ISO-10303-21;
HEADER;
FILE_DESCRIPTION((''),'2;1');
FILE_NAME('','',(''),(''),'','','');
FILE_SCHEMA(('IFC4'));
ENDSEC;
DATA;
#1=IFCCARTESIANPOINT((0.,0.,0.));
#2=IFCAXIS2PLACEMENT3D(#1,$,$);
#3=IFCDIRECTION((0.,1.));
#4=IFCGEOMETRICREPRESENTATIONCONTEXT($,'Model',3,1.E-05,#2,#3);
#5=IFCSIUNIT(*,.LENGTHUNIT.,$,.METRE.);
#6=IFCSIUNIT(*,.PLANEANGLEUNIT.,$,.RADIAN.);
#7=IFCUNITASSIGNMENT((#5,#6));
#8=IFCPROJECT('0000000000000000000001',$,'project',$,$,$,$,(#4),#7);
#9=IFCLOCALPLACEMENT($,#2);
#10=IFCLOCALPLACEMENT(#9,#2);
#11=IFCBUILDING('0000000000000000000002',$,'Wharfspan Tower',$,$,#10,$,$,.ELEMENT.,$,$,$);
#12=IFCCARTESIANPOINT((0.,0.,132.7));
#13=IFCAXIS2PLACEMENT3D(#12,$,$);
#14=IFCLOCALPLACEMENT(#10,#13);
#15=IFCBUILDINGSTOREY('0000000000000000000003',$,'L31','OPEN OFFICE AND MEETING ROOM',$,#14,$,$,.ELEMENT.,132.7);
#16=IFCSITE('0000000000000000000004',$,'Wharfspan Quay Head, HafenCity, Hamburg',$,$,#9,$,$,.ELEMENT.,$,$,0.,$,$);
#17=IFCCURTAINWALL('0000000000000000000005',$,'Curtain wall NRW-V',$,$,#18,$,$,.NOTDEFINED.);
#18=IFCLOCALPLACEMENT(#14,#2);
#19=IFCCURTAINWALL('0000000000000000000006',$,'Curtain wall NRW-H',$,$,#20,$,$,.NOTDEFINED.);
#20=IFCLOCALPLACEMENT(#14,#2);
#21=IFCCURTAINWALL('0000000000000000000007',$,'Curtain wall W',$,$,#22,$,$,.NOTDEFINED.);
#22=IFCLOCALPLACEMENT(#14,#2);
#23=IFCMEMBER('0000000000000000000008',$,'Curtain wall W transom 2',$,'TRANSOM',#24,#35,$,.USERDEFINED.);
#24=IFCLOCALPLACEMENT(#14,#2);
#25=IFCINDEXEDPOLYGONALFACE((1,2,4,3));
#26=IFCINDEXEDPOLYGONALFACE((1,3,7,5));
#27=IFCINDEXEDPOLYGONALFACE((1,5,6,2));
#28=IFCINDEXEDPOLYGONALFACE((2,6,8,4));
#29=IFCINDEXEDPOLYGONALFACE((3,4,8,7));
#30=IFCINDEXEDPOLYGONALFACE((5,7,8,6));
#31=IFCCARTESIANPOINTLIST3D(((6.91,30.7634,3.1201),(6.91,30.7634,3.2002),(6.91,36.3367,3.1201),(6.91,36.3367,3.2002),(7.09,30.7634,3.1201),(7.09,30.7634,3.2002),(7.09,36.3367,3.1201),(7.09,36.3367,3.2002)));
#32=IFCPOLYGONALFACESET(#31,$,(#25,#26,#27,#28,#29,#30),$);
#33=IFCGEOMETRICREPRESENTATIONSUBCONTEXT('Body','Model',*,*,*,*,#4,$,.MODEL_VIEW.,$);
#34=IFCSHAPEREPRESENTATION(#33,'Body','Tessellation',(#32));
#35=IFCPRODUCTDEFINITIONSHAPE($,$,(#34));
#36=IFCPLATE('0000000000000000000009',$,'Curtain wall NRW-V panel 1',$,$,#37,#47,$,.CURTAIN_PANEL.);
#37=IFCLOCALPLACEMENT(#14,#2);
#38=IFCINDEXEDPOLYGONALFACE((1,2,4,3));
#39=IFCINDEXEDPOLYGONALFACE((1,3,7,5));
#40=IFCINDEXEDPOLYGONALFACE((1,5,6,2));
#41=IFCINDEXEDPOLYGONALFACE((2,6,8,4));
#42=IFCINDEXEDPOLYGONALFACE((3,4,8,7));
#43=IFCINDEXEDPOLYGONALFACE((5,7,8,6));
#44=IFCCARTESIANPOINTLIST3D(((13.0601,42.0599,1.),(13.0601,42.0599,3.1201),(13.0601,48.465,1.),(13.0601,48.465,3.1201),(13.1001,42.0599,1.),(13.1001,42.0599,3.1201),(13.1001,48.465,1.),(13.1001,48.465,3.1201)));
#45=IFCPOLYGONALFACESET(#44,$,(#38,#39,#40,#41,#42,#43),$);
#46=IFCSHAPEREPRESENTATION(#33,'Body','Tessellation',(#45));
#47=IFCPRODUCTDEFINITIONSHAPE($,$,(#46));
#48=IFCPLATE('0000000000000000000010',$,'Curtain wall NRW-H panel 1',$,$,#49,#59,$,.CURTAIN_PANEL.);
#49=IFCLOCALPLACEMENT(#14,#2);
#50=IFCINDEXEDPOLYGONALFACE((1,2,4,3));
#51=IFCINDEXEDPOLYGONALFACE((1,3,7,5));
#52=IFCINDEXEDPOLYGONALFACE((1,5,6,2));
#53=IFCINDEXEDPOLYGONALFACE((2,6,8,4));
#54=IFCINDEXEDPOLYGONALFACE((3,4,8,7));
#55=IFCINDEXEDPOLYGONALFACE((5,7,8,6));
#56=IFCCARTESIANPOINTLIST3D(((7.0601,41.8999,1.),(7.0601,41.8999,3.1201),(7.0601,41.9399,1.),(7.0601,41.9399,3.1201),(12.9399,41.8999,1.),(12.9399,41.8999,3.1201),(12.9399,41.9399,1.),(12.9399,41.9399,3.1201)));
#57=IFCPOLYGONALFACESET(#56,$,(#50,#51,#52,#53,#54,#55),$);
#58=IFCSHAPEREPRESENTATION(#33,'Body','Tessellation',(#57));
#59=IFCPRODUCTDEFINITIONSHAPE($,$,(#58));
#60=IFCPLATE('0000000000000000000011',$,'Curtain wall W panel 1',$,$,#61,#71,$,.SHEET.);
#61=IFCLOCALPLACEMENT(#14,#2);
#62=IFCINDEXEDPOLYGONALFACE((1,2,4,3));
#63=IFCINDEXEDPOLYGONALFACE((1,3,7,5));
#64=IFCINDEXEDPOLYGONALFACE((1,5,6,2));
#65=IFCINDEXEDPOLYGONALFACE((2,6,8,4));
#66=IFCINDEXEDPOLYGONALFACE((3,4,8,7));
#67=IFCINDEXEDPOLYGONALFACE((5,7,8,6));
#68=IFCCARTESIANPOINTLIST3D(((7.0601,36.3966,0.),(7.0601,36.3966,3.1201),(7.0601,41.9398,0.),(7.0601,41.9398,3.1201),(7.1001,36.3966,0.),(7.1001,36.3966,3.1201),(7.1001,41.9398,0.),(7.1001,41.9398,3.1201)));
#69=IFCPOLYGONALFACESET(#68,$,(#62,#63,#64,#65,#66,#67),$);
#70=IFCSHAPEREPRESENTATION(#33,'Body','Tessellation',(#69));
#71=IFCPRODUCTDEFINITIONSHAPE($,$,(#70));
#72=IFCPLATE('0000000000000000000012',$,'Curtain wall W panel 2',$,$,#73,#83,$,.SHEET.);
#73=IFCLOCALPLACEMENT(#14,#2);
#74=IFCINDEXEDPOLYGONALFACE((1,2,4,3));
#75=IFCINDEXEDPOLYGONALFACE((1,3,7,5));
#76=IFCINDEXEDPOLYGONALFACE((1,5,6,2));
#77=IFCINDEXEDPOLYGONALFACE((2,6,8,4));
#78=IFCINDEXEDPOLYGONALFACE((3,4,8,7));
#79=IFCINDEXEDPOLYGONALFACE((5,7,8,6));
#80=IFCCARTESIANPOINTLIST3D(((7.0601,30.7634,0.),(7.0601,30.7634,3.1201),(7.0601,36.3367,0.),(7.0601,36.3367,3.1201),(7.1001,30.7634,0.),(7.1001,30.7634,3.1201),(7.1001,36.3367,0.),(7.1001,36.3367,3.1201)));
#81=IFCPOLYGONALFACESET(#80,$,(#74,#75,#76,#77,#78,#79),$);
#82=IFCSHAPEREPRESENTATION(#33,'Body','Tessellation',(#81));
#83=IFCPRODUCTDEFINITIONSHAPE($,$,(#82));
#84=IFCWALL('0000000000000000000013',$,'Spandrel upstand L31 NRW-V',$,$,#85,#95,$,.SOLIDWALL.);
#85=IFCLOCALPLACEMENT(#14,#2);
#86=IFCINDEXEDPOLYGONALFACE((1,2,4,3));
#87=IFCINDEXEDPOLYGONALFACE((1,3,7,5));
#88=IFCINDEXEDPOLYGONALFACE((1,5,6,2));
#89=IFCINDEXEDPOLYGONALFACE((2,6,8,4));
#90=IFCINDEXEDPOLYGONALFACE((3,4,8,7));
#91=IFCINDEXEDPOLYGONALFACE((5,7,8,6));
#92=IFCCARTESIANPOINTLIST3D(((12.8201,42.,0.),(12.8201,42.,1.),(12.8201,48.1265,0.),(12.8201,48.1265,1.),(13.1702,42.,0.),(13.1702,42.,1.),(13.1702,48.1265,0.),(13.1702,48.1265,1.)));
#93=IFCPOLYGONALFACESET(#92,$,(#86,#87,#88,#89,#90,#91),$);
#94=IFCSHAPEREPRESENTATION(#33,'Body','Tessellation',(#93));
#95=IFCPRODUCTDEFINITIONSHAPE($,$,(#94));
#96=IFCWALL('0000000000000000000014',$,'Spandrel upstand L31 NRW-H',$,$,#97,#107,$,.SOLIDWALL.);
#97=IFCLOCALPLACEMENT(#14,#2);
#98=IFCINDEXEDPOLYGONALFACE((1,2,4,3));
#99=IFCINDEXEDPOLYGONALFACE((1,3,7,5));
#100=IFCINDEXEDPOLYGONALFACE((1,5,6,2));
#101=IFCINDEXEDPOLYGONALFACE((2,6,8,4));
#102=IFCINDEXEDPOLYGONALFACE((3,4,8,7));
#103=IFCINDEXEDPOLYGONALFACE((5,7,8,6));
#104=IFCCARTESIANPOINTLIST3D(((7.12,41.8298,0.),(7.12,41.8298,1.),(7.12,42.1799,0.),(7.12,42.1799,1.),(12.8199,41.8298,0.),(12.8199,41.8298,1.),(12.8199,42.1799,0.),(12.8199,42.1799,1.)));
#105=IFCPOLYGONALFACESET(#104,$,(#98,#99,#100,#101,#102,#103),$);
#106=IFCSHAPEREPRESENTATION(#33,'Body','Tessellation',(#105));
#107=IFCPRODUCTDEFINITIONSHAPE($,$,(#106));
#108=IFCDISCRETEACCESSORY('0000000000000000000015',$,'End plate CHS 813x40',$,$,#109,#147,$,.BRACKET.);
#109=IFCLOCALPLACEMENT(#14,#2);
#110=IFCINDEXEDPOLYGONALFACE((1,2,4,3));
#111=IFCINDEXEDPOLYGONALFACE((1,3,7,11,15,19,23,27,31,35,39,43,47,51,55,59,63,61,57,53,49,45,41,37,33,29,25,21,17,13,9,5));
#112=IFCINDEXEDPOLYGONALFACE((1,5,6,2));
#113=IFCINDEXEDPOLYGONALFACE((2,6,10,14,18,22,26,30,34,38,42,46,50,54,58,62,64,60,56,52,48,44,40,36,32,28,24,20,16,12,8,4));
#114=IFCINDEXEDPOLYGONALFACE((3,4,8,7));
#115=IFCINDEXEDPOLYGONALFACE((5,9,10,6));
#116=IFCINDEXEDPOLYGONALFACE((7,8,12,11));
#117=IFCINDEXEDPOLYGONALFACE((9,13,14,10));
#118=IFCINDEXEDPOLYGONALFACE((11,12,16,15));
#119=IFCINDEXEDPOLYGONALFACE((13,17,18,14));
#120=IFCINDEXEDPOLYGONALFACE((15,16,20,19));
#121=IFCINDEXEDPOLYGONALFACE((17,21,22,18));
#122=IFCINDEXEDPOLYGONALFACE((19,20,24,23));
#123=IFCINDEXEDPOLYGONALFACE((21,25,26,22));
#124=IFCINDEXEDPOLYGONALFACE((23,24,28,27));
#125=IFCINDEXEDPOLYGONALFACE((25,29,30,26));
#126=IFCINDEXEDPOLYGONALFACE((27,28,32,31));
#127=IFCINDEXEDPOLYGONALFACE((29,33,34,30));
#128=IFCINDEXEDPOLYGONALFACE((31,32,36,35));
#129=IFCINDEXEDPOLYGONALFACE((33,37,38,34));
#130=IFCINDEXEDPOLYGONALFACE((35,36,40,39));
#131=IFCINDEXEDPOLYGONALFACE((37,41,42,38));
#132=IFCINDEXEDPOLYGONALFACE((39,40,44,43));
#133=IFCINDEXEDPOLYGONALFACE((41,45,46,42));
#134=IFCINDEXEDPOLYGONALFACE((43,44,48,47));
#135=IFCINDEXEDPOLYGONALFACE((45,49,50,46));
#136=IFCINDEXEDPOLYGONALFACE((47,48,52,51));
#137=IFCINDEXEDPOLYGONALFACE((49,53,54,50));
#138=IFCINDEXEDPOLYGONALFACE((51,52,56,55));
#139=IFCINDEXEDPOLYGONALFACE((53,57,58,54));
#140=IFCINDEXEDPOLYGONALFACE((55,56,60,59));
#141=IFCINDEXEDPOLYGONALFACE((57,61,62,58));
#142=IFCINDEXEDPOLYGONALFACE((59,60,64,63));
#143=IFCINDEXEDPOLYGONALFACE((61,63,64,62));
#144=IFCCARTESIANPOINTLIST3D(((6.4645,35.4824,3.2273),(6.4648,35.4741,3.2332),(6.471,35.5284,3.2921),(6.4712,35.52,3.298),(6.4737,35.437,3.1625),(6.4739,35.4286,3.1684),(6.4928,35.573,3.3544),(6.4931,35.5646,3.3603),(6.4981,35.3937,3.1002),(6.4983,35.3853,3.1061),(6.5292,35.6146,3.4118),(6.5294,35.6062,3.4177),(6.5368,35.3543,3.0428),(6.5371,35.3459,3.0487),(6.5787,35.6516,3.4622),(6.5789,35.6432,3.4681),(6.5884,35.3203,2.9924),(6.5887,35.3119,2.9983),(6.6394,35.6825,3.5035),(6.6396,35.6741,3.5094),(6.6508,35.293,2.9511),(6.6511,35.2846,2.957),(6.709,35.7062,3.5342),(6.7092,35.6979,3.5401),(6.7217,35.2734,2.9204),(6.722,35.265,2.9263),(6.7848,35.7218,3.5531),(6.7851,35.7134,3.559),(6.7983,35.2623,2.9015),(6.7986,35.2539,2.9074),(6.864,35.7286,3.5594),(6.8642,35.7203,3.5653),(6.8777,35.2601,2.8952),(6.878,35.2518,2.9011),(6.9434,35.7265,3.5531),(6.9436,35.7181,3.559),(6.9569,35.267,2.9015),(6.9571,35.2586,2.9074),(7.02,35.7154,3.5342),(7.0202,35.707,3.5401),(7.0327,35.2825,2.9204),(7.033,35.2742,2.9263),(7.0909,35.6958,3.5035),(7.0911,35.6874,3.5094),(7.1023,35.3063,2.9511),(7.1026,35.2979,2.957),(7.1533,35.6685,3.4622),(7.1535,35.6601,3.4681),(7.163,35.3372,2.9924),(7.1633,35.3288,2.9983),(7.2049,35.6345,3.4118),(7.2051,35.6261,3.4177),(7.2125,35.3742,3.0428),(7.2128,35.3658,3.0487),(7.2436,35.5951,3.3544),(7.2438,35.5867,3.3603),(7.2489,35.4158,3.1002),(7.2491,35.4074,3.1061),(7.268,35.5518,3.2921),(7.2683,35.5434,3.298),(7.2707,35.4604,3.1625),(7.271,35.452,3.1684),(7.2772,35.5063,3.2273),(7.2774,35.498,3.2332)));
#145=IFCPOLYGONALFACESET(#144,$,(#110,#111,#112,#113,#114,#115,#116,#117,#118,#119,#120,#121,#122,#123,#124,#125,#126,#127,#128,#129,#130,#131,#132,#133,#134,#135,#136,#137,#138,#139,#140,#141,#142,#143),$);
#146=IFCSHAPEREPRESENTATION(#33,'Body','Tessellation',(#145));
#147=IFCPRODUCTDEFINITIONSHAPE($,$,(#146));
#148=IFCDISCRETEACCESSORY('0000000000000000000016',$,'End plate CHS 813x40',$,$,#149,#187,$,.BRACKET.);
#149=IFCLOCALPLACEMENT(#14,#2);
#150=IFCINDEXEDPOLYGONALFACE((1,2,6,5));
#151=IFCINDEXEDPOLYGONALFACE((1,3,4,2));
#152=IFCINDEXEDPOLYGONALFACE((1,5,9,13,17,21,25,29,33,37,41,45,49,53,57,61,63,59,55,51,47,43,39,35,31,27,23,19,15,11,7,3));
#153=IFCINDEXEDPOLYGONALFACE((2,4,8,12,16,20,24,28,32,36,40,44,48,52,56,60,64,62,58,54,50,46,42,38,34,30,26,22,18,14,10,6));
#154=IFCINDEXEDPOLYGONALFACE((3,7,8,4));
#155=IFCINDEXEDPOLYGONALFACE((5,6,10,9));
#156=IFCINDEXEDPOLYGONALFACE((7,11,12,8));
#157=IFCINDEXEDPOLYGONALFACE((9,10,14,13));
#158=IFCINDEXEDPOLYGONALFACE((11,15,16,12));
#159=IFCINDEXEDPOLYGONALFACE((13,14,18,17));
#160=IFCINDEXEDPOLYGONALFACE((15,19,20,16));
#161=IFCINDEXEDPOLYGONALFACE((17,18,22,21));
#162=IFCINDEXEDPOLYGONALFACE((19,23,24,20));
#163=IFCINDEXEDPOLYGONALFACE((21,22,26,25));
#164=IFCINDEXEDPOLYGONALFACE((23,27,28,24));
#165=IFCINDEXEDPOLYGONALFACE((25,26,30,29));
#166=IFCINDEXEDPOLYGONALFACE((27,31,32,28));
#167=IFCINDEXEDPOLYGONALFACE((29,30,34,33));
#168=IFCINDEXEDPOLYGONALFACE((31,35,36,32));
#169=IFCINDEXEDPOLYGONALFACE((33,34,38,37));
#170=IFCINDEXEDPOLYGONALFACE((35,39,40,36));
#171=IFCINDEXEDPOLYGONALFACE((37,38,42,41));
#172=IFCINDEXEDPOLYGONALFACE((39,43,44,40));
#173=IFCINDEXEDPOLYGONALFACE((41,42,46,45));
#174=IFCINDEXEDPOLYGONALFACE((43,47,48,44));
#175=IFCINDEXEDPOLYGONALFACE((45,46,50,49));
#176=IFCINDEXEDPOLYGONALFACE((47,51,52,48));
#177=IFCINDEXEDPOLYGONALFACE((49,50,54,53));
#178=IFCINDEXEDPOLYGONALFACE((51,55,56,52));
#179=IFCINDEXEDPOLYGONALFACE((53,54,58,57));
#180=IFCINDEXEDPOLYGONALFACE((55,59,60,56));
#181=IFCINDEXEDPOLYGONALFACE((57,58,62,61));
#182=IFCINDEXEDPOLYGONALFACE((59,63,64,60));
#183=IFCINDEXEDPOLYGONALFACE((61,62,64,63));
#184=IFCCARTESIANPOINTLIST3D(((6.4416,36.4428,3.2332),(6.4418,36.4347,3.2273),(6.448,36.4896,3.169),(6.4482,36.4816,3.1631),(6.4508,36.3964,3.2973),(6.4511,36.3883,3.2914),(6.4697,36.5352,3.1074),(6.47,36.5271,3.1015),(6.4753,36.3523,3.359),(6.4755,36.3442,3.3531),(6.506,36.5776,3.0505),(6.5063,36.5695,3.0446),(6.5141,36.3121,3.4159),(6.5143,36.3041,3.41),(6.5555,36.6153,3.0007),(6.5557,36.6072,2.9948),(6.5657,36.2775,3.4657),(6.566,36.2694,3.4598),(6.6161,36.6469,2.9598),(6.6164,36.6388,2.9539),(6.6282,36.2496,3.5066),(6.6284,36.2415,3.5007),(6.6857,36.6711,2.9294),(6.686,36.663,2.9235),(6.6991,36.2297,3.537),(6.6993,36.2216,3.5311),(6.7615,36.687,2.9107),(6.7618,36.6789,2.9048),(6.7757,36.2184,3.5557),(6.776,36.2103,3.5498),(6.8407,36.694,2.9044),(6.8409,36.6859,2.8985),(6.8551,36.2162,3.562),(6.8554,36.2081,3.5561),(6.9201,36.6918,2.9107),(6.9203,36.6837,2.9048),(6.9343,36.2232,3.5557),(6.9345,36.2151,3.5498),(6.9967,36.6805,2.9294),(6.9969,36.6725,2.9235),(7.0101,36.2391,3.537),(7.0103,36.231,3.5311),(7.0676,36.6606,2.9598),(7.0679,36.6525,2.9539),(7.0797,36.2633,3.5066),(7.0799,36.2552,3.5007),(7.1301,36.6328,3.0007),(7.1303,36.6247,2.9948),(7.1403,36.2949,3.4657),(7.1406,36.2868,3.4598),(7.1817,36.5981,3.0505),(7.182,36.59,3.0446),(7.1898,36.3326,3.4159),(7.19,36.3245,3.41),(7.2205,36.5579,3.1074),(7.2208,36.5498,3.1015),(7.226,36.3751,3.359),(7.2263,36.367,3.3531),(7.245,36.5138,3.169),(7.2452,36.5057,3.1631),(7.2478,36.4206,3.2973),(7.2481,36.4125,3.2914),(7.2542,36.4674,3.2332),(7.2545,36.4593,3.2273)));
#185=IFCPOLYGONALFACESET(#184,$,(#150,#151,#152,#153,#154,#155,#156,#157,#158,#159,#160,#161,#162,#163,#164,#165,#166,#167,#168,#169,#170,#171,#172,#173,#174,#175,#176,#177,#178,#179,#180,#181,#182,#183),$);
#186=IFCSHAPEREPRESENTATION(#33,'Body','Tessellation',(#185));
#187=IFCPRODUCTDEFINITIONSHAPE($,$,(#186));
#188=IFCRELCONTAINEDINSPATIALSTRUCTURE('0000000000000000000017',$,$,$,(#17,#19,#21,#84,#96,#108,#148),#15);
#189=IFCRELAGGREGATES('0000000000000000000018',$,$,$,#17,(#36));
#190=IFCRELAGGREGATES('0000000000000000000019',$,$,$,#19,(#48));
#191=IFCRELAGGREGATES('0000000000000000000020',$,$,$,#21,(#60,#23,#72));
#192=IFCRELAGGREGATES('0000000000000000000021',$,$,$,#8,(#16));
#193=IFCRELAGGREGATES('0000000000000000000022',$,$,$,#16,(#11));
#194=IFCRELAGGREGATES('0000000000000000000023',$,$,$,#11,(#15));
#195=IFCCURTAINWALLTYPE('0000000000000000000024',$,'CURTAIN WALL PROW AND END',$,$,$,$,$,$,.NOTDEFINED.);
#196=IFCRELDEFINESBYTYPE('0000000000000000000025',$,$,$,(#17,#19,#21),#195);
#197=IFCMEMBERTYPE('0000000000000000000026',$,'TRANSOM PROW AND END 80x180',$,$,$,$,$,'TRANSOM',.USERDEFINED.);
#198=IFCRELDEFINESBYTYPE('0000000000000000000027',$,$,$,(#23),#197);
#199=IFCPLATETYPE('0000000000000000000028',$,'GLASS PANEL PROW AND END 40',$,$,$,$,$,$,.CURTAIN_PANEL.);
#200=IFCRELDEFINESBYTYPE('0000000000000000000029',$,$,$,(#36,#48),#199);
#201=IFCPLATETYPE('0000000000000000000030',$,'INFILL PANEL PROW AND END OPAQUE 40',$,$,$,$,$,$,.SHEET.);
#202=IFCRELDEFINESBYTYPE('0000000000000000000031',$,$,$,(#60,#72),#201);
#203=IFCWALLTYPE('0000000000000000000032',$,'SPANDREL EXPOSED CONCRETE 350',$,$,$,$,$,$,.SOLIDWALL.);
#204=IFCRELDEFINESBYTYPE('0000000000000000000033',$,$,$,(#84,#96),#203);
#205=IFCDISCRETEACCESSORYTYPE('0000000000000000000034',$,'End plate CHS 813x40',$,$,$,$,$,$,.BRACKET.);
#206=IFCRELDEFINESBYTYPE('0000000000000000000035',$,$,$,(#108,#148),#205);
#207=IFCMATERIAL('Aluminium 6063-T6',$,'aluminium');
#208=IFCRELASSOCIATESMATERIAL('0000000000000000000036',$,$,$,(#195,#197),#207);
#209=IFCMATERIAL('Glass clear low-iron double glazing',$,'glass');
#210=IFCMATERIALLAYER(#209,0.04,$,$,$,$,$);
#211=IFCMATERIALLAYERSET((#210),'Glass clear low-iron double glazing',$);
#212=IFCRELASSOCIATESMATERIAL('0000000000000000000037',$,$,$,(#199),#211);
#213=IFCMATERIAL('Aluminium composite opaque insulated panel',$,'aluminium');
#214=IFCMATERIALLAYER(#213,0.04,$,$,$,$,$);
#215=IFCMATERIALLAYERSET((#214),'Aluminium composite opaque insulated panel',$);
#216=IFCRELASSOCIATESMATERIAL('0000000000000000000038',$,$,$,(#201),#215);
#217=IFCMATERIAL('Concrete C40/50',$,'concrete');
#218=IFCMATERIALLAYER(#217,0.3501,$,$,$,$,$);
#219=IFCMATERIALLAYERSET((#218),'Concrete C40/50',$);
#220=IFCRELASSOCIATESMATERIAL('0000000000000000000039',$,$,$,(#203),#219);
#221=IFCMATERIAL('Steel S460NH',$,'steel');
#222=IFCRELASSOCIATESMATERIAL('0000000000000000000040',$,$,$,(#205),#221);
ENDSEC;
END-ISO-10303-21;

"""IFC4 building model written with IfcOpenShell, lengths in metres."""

from ifc_helpers import new_model, si_unit, direction, frame, frame_2d, origin, origin_2d, place, context, subcontext, project, spatial, rectangle, circle, extrude, material, layer, layer_set, material_profile, profile_set, type_object, element, aggregate, save


model = new_model("IFC4")

# Units and contexts
model_context = context("Model", 3, precision=1e-05, world=origin(), true_north=direction((0.0, 1.0)))
body_context = subcontext(model_context, "Body", "Model", "MODEL_VIEW")
ifc_project = project(units=[si_unit("LENGTHUNIT", "METRE"), si_unit("PLANEANGLEUNIT", "RADIAN")], contexts=[model_context])

# Site, building, storey
site_placement = place(None, origin())
site = spatial("IfcSite", under=ifc_project, at=site_placement, Name="Wharfspan Quay Head, HafenCity, Hamburg", CompositionType="ELEMENT", RefElevation=0.0)
building_placement = place(site_placement, origin())
building = spatial("IfcBuilding", under=site, at=building_placement, Name="Wharfspan Tower", CompositionType="ELEMENT")
storey_placement = place(building_placement, frame((0.0, 0.0, 132.7)))
storey = spatial("IfcBuildingStorey", under=building, at=storey_placement, Name="L31", Description="OPEN OFFICE AND MEETING ROOM", CompositionType="ELEMENT", Elevation=132.7)

# Curtain walls
ifc_material_1 = material(Name="Aluminium 6063-T6", Category="aluminium")
curtain_wall_type = type_object("IfcCurtainWallType", Name="CURTAIN WALL PROW AND END", PredefinedType="NOTDEFINED", material=ifc_material_1)
curtain_wall_1_placement = place(storey_placement, origin())
curtain_wall_1 = element("IfcCurtainWall", 1, at=curtain_wall_1_placement, inside=storey, type_object=curtain_wall_type, Name="Curtain wall NRW-V", PredefinedType="NOTDEFINED")
curtain_wall_2_placement = place(storey_placement, origin())
curtain_wall_2 = element("IfcCurtainWall", 2, at=curtain_wall_2_placement, inside=storey, type_object=curtain_wall_type, Name="Curtain wall NRW-H", PredefinedType="NOTDEFINED")
curtain_wall_3_placement = place(storey_placement, origin())
curtain_wall_3 = element("IfcCurtainWall", 3, at=curtain_wall_3_placement, inside=storey, type_object=curtain_wall_type, Name="Curtain wall W", PredefinedType="NOTDEFINED")

# Shared definitions
ifc_material_2 = material(Name="Steel S460NH", Category="steel")

# Member
ifc_material_profile_1 = material_profile(ifc_material_1, rectangle(XDim=0.1799, YDim=0.0801, at=origin_2d()))
ifc_profile_set_1 = profile_set([ifc_material_profile_1], Name="Aluminium 6063-T6")
member_type_1 = type_object("IfcMemberType", Name="TRANSOM PROW AND END 80x180", ElementType="TRANSOM", PredefinedType="USERDEFINED", material=ifc_profile_set_1)
member_1_placement = place(storey_placement, frame((7.0, 36.3367, 3.1602), z_axis=(0.0, -1.0, 0.0), x_axis=(1.0, 0.0, 0.0)))
member_1 = element("IfcMember", 4, at=member_1_placement, type_object=member_type_1, Name="Curtain wall W transom 2", ObjectType="TRANSOM", PredefinedType="USERDEFINED", context=body_context, shape_type="SweptSolid", body=[
    extrude(rectangle(XDim=0.1799, YDim=0.0801, at=origin_2d()), origin(), (0.0, 0.0, 1.0), 5.5732),
])

# Plates
ifc_material_3 = material(Name="Glass clear low-iron double glazing", Category="glass")
ifc_layer_1 = layer(ifc_material_3, 0.04)
ifc_layer_set_1 = layer_set([ifc_layer_1], Name="Glass clear low-iron double glazing")
plate_type_1 = type_object("IfcPlateType", Name="GLASS PANEL PROW AND END 40", PredefinedType="CURTAIN_PANEL", material=ifc_layer_set_1)
plate_1_placement = place(storey_placement, frame((13.0801, 45.2625, 1.0), z_axis=(0.0, 0.0, 1.0), x_axis=(0.0, -1.0, 0.0)))
plate_1 = element("IfcPlate", 5, at=plate_1_placement, type_object=plate_type_1, Name="Curtain wall NRW-V panel 1", PredefinedType="CURTAIN_PANEL", context=body_context, shape_type="SweptSolid", body=[
    extrude(rectangle(XDim=6.405, YDim=0.04, at=origin_2d()), origin(), (0.0, 0.0, 1.0), 2.1201),
])
aggregate(curtain_wall_1, [plate_1])
plate_2_placement = place(storey_placement, frame((10.0, 41.9199, 1.0), z_axis=(0.0, 0.0, 1.0), x_axis=(-1.0, 0.0, 0.0)))
plate_2 = element("IfcPlate", 6, at=plate_2_placement, type_object=plate_type_1, Name="Curtain wall NRW-H panel 1", PredefinedType="CURTAIN_PANEL", context=body_context, shape_type="SweptSolid", body=[
    extrude(rectangle(XDim=5.8799, YDim=0.04, at=origin_2d()), origin(), (0.0, 0.0, 1.0), 2.1201),
])
aggregate(curtain_wall_2, [plate_2])
ifc_material_4 = material(Name="Aluminium composite opaque insulated panel", Category="aluminium")
ifc_layer_2 = layer(ifc_material_4, 0.04)
ifc_layer_set_2 = layer_set([ifc_layer_2], Name="Aluminium composite opaque insulated panel")
plate_type_2 = type_object("IfcPlateType", Name="INFILL PANEL PROW AND END OPAQUE 40", PredefinedType="SHEET", material=ifc_layer_set_2)
plate_3_placement = place(storey_placement, frame((7.0801, 39.1682, 0.0), z_axis=(0.0, 0.0, 1.0), x_axis=(0.0, -1.0, 0.0)))
plate_3 = element("IfcPlate", 7, at=plate_3_placement, type_object=plate_type_2, Name="Curtain wall W panel 1", PredefinedType="SHEET", context=body_context, shape_type="SweptSolid", body=[
    extrude(rectangle(XDim=5.5432, YDim=0.04, at=origin_2d()), origin(), (0.0, 0.0, 1.0), 3.1201),
])
plate_4_placement = place(storey_placement, frame((7.0801, 33.55, 0.0), z_axis=(0.0, 0.0, 1.0), x_axis=(0.0, -1.0, 0.0)))
plate_4 = element("IfcPlate", 8, at=plate_4_placement, type_object=plate_type_2, Name="Curtain wall W panel 2", PredefinedType="SHEET", context=body_context, shape_type="SweptSolid", body=[
    extrude(rectangle(XDim=5.5732, YDim=0.04, at=origin_2d()), origin(), (0.0, 0.0, 1.0), 3.1201),
])
aggregate(curtain_wall_3, [plate_3, member_1, plate_4])

# Walls
ifc_material_5 = material(Name="Concrete C40/50", Category="concrete")
ifc_layer_3 = layer(ifc_material_5, 0.3501)
ifc_layer_set_3 = layer_set([ifc_layer_3], Name="Concrete C40/50")
wall_type = type_object("IfcWallType", Name="SPANDREL EXPOSED CONCRETE 350", PredefinedType="SOLIDWALL", material=ifc_layer_set_3)
wall_1_placement = place(storey_placement, frame((12.9951, 48.1265, 0.0), z_axis=(0.0, 0.0, 1.0), x_axis=(0.0, -1.0, 0.0)))
element("IfcWall", 9, at=wall_1_placement, inside=storey, type_object=wall_type, Name="Spandrel upstand L31 NRW-V", PredefinedType="SOLIDWALL", context=body_context, shape_type="SweptSolid", body=[
    extrude(rectangle(XDim=6.1265, YDim=0.3501, at=frame_2d((3.0632, 0.0))), origin(), (0.0, 0.0, 1.0), 1.0),
])
wall_2_placement = place(storey_placement, frame((12.8201, 42.0049, 0.0), z_axis=(0.0, 0.0, 1.0), x_axis=(-1.0, 0.0, 0.0)))
element("IfcWall", 10, at=wall_2_placement, inside=storey, type_object=wall_type, Name="Spandrel upstand L31 NRW-H", PredefinedType="SOLIDWALL", context=body_context, shape_type="SweptSolid", body=[
    extrude(rectangle(XDim=5.7, YDim=0.3501, at=frame_2d((2.8501, 0.0))), origin(), (0.0, 0.0, 1.0), 1.0),
])

# Discrete accessories
ifc_material_profile_2 = material_profile(ifc_material_2, circle(Radius=0.4065, at=origin_2d()))
ifc_profile_set_2 = profile_set([ifc_material_profile_2], Name="Steel S460NH")
discrete_accessory_type = type_object("IfcDiscreteAccessoryType", Name="End plate CHS 813x40", PredefinedType="BRACKET", material=ifc_profile_set_2)
discrete_accessory_placement = place(storey_placement, frame((6.8708, 35.4944, 3.2273), z_axis=(0.024022, -0.816732, 0.576517), x_axis=(0.99957, 0.029399, -0.000001)))
element("IfcDiscreteAccessory", 11, at=discrete_accessory_placement, inside=storey, type_object=discrete_accessory_type, Name="End plate CHS 813x40", PredefinedType="BRACKET", context=body_context, shape_type="SweptSolid", body=[
    extrude(circle(Radius=0.4065, at=origin_2d()), origin(), (0.0, 0.0, 1.0), 0.0103),
])
for number, where, z_axis, x_axis, name in (
    (12, (6.8481, 36.447, 3.2273), (-0.0245, 0.808493, 0.587995), (-0.999537, -0.03029, 0.000001), "End plate CHS 813x40"),
):
    element("IfcDiscreteAccessory", number, at=place(storey_placement, frame(where, z_axis=z_axis, x_axis=x_axis)), inside=storey, type_object=discrete_accessory_type, Name=name, PredefinedType="BRACKET", context=body_context, shape_type="SweptSolid", body=[
        extrude(circle(Radius=0.4065, at=origin_2d()), origin(), (0.0, 0.0, 1.0), 0.01),
    ])

save(model, "model.ifc")
